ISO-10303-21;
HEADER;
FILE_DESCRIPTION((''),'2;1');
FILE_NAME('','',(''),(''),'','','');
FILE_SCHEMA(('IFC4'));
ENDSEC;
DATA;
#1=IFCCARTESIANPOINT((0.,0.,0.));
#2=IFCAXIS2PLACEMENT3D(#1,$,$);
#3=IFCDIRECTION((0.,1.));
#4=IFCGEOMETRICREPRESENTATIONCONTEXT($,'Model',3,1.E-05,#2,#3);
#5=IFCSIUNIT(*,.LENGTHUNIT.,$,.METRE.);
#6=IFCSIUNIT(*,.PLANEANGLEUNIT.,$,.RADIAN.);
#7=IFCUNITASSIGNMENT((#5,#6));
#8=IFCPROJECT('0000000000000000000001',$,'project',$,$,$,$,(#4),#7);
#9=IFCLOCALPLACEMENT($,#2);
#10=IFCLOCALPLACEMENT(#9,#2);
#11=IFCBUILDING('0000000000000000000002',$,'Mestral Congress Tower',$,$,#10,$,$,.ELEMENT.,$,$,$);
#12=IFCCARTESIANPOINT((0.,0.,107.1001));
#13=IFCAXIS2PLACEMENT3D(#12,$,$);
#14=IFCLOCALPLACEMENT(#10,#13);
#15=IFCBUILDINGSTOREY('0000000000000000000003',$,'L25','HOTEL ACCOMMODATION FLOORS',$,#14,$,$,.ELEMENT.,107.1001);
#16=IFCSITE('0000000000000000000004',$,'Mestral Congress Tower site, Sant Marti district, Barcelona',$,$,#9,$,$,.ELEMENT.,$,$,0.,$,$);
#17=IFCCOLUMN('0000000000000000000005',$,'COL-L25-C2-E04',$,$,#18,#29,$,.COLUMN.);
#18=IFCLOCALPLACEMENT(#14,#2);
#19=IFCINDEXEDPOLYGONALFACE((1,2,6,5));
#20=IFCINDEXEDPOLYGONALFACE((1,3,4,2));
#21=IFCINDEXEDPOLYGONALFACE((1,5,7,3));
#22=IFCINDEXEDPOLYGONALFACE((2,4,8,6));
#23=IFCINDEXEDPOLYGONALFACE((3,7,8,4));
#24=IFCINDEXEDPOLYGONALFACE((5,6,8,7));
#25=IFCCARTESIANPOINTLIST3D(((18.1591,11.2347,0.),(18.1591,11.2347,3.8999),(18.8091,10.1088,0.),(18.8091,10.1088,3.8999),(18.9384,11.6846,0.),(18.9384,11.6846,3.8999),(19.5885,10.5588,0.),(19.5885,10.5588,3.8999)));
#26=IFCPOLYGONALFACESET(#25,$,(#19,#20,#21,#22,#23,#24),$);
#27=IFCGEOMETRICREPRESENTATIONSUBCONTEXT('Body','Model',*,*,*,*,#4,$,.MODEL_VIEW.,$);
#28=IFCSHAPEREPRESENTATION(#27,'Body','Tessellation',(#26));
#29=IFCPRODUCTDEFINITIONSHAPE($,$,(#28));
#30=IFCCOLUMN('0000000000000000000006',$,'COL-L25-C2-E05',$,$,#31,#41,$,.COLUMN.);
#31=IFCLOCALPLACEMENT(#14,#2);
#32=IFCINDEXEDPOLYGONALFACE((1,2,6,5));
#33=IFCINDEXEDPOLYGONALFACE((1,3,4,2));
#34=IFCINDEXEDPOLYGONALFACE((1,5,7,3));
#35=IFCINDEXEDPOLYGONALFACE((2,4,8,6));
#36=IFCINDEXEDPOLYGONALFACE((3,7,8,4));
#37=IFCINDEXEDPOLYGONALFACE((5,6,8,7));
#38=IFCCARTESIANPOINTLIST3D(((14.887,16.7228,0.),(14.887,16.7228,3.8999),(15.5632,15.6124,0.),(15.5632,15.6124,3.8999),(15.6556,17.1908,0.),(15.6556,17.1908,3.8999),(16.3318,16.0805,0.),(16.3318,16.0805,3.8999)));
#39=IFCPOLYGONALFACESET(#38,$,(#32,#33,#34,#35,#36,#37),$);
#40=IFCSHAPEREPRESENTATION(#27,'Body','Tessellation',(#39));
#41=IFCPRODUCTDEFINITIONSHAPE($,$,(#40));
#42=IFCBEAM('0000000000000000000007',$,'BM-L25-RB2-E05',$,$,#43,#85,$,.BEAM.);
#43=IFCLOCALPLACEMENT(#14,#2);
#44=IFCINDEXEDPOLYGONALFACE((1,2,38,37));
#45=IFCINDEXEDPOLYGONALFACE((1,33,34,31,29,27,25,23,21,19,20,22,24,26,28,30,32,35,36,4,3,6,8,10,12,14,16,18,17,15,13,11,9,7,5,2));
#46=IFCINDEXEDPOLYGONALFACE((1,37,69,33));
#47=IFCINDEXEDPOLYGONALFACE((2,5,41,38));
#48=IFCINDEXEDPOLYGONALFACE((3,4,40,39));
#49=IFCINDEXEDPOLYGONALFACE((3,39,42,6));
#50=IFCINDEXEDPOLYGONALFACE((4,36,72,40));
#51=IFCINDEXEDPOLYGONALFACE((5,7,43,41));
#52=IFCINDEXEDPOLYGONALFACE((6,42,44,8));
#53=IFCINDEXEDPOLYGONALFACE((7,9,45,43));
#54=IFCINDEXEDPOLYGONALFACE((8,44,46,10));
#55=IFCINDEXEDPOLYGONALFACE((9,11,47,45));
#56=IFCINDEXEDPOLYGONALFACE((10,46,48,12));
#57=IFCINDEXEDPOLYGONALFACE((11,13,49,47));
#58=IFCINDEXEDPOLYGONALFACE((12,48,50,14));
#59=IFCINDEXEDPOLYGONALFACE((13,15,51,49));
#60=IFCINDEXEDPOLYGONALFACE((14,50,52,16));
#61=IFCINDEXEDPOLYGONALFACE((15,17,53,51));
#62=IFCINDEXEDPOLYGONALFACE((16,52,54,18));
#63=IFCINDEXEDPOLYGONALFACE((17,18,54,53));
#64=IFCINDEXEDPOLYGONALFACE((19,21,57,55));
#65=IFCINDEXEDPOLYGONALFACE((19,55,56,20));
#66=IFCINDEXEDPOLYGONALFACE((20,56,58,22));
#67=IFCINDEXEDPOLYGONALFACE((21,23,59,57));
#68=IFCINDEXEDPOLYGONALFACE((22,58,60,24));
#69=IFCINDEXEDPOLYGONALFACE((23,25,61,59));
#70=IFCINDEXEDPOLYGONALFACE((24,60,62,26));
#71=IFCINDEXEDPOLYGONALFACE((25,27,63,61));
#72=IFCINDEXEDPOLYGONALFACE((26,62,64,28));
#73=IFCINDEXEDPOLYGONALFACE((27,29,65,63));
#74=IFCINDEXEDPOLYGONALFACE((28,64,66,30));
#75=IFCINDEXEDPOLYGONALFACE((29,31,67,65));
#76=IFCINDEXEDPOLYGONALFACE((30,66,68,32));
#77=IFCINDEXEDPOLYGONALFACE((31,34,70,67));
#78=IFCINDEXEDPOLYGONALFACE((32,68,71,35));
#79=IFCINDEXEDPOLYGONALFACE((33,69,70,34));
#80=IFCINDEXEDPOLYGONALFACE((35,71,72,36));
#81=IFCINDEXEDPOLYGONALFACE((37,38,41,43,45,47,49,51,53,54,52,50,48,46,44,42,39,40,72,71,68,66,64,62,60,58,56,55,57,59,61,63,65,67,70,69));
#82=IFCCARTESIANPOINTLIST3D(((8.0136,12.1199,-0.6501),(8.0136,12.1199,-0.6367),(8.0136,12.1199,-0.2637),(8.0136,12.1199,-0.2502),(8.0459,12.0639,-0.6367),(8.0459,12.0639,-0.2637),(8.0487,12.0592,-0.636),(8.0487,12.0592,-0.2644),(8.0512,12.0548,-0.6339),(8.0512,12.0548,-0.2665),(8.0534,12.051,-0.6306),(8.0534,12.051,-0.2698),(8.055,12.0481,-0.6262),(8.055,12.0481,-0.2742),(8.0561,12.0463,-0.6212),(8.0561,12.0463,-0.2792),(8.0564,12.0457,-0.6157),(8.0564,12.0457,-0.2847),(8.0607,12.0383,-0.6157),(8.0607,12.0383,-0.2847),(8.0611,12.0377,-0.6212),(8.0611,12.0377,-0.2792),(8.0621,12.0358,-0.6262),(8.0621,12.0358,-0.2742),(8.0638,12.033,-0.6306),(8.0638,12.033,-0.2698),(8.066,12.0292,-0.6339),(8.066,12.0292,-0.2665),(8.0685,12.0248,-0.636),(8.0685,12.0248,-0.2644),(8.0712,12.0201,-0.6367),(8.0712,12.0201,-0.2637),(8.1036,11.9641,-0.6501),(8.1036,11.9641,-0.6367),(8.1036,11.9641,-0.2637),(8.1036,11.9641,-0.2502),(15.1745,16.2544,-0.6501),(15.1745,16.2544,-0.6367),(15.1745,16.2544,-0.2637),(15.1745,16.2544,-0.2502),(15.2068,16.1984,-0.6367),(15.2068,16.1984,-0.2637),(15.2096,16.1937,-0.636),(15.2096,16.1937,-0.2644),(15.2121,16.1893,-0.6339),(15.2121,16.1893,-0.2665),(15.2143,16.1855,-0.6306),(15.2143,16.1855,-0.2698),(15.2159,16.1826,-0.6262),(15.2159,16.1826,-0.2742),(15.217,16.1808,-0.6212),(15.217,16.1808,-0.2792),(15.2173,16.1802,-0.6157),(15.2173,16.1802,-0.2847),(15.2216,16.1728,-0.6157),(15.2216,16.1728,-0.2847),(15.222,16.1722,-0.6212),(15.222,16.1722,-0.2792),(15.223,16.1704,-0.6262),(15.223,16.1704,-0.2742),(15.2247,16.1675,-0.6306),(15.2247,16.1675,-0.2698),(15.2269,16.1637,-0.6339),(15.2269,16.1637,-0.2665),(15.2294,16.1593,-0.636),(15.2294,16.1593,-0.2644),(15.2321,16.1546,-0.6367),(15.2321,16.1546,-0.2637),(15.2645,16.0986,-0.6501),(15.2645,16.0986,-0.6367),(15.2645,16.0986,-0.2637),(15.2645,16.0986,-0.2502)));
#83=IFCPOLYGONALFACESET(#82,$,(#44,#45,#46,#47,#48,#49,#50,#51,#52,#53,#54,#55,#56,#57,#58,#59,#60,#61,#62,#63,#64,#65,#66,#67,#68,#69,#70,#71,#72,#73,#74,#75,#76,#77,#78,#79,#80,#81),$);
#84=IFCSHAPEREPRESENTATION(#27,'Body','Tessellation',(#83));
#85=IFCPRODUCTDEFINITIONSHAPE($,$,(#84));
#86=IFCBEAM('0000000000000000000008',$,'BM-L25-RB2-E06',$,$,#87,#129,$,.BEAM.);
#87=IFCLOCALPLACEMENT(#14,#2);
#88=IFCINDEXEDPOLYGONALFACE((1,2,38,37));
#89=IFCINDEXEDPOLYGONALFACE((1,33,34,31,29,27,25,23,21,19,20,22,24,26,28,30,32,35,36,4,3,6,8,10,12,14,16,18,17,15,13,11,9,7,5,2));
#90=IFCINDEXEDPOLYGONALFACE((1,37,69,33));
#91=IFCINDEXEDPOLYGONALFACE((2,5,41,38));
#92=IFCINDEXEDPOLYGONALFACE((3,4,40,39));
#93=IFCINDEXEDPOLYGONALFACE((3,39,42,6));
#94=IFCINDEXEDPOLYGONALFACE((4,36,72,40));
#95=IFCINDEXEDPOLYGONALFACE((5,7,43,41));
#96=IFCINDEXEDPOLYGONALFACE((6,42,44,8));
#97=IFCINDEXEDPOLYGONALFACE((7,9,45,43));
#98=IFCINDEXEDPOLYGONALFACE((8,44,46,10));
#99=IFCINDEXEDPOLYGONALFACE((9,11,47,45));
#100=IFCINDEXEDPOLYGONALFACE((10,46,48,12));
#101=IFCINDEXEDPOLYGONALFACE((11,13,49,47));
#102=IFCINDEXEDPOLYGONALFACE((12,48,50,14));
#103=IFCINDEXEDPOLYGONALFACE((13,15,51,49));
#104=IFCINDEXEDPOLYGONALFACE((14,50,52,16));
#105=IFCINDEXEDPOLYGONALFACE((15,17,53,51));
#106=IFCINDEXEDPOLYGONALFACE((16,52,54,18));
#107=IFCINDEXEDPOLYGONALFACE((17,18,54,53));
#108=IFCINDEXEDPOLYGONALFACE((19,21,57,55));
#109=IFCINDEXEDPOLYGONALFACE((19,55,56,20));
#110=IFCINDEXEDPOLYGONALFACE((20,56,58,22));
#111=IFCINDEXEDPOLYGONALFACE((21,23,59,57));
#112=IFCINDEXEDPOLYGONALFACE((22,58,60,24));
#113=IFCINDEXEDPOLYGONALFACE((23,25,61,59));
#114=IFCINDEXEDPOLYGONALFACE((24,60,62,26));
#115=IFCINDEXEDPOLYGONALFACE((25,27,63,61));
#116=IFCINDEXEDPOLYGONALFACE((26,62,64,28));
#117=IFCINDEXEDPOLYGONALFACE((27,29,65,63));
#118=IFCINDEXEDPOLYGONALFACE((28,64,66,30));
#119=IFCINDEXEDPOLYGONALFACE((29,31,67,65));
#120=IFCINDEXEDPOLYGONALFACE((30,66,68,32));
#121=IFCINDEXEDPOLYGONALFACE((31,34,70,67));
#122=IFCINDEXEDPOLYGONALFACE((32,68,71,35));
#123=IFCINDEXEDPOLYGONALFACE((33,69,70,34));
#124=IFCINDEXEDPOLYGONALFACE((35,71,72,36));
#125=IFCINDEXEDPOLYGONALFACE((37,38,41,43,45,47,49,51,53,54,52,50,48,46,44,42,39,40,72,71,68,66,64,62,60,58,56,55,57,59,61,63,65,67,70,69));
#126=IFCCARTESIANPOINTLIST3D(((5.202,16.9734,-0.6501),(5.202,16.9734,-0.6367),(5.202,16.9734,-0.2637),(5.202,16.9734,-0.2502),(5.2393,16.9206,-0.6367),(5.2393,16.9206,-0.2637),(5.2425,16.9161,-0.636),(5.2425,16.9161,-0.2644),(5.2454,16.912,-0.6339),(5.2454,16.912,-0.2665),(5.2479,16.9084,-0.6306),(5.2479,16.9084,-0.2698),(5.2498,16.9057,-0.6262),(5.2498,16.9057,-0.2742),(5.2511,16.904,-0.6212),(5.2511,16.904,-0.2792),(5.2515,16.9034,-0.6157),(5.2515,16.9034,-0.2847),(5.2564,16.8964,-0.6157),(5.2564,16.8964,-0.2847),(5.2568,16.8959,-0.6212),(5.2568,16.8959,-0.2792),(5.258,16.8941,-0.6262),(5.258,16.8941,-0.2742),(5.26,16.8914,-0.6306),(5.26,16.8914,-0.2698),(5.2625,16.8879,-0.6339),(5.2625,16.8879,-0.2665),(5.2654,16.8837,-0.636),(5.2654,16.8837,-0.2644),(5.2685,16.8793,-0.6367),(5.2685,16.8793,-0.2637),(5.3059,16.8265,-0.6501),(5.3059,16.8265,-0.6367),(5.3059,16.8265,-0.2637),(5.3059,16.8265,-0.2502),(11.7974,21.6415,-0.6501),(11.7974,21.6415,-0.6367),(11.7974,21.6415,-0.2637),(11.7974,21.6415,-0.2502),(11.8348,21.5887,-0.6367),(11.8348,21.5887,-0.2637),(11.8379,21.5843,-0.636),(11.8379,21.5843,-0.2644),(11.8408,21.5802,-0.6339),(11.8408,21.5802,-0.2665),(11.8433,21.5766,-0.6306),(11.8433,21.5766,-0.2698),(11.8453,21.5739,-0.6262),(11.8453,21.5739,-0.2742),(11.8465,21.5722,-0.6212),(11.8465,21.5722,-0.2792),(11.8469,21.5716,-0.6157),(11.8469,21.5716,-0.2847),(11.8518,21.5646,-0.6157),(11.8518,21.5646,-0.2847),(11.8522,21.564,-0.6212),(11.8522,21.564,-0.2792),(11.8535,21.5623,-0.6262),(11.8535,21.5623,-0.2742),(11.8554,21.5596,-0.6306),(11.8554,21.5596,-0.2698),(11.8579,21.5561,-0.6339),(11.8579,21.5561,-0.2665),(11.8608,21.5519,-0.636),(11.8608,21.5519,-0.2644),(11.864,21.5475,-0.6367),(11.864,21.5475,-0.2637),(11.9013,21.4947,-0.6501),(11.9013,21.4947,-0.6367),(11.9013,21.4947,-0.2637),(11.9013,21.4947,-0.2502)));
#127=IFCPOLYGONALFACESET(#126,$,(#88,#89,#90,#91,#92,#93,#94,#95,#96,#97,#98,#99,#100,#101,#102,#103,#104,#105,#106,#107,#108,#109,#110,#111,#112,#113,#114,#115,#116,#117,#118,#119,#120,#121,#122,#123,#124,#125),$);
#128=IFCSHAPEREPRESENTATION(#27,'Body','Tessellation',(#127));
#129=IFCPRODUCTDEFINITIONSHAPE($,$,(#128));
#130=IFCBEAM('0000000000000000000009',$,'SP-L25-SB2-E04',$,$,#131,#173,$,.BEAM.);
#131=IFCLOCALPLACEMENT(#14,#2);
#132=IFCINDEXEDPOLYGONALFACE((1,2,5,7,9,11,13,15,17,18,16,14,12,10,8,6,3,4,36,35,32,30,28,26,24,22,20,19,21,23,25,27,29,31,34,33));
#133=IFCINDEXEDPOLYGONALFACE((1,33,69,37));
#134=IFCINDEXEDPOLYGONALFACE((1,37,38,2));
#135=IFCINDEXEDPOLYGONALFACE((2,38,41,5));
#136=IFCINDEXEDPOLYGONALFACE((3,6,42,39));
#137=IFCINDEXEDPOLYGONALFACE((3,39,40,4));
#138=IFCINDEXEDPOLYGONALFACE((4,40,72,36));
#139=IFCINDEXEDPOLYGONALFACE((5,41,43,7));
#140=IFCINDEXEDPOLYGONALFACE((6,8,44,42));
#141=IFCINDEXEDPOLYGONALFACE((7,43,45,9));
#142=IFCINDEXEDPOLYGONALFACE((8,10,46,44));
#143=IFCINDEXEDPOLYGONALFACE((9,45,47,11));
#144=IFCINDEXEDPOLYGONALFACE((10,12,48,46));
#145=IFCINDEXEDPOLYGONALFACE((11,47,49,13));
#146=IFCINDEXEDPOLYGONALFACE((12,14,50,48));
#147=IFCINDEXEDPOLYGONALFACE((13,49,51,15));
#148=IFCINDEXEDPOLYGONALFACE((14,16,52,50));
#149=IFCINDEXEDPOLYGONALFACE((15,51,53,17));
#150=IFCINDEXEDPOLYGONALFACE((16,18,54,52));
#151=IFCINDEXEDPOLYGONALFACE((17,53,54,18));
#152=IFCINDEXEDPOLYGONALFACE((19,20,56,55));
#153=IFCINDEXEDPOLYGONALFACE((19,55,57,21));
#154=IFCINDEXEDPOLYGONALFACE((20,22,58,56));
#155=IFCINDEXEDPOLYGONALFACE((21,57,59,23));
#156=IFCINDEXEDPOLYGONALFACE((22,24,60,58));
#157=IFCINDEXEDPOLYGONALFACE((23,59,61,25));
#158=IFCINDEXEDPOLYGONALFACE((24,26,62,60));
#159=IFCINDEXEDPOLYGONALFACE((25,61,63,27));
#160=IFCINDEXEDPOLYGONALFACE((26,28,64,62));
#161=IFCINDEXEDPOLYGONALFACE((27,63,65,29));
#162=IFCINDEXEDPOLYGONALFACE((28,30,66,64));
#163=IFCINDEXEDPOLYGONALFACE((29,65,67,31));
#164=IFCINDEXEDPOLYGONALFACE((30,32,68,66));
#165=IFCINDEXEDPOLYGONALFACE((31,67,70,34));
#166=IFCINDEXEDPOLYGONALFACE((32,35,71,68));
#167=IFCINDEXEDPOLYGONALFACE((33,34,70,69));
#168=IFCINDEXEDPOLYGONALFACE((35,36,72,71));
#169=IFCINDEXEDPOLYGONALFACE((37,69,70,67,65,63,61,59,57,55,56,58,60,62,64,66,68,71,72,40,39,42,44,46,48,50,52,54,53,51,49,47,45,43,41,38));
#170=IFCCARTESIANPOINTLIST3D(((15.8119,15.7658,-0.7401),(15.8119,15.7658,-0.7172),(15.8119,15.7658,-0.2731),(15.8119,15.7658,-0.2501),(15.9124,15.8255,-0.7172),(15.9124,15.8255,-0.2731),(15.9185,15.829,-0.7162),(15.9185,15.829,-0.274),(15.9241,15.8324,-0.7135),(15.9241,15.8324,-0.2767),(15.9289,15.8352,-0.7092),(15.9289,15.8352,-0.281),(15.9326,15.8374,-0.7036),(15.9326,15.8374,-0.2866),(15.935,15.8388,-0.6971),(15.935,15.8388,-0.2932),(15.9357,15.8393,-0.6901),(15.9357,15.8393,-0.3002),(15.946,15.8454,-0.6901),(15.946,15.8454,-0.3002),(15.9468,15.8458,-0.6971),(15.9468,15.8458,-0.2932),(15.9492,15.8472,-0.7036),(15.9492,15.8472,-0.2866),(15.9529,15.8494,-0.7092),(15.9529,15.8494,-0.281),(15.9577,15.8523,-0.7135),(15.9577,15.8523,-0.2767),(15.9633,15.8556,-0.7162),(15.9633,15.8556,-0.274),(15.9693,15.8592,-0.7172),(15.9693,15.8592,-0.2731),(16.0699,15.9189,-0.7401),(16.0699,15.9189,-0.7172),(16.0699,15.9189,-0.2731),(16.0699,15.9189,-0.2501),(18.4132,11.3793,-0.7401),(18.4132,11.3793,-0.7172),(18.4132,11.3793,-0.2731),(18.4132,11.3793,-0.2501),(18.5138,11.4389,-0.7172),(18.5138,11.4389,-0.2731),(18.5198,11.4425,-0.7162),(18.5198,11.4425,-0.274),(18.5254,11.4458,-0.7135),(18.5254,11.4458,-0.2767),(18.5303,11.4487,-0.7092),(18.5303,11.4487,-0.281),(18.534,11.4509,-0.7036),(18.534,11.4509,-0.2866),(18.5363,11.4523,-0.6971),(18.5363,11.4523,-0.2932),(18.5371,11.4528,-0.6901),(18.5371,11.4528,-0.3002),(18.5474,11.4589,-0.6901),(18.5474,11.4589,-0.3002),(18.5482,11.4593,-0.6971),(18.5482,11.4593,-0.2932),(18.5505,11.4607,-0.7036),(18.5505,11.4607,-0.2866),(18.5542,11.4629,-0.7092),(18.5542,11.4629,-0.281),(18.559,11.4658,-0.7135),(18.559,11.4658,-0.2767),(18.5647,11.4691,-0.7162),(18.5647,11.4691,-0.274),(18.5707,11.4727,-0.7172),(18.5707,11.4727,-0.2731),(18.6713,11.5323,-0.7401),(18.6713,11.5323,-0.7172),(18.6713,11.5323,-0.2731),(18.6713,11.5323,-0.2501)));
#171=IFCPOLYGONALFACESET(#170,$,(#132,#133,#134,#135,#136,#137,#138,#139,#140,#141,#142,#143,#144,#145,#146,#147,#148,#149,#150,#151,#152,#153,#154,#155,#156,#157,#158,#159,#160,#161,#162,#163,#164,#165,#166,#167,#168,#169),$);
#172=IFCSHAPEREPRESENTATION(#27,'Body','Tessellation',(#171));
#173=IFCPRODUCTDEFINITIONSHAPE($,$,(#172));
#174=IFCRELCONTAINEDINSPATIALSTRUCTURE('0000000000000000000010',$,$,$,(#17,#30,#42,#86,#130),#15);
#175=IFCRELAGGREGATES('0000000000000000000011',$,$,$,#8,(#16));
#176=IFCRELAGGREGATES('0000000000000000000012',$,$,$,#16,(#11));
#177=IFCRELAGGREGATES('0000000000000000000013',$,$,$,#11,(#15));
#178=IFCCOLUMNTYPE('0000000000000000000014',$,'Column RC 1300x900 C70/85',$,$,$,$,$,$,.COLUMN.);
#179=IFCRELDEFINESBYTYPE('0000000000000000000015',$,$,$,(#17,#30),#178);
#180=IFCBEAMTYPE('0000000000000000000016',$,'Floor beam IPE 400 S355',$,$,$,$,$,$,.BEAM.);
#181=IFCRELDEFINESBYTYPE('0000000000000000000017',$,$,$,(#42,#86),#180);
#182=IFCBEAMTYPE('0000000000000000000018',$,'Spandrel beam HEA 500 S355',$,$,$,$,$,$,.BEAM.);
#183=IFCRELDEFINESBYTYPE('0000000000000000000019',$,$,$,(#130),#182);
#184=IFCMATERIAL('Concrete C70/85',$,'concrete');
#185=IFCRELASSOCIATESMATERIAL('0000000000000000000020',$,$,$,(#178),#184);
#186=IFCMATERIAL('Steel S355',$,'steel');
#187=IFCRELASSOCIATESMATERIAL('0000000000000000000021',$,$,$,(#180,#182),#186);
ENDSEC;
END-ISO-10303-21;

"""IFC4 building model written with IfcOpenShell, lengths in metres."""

from ifc_helpers import new_model, si_unit, direction, frame, origin, origin_2d, place, context, subcontext, project, spatial, rectangle, i_section, extrude, material, material_profile, profile_set, type_object, element, save


model = new_model("IFC4")

# Units and contexts
model_context = context("Model", 3, precision=1e-05, world=origin(), true_north=direction((0.0, 1.0)))
body_context = subcontext(model_context, "Body", "Model", "MODEL_VIEW")
ifc_project = project(units=[si_unit("LENGTHUNIT", "METRE"), si_unit("PLANEANGLEUNIT", "RADIAN")], contexts=[model_context])

# Site, building, storey
site_placement = place(None, origin())
site = spatial("IfcSite", under=ifc_project, at=site_placement, Name="Mestral Congress Tower site, Sant Marti district, Barcelona", CompositionType="ELEMENT", RefElevation=0.0)
building_placement = place(site_placement, origin())
building = spatial("IfcBuilding", under=site, at=building_placement, Name="Mestral Congress Tower", CompositionType="ELEMENT")
storey_placement = place(building_placement, frame((0.0, 0.0, 107.1001)))
storey = spatial("IfcBuildingStorey", under=building, at=storey_placement, Name="L25", Description="HOTEL ACCOMMODATION FLOORS", CompositionType="ELEMENT", Elevation=107.1001)

# Columns
ifc_material_1 = material(Name="Concrete C70/85", Category="concrete")
ifc_material_profile_1 = material_profile(ifc_material_1, rectangle(XDim=1.3, YDim=0.8999, at=origin_2d()), Name="RC 1300x900")
ifc_profile_set_1 = profile_set([ifc_material_profile_1], Name="Concrete C70/85")
column_type = type_object("IfcColumnType", Name="Column RC 1300x900 C70/85", PredefinedType="COLUMN", material=ifc_profile_set_1)
for number, where, z_axis, x_axis, name in (
    (1, (18.8738, 10.8967, 0.0), (0.0, 0.0, 1.0), (-0.5, 0.866025, 0.0), "COL-L25-C2-E04"),
    (2, (15.6094, 16.4016, 0.0), (0.0, 0.0, 1.0), (-0.520114, 0.854097, 0.0), "COL-L25-C2-E05"),
):
    element("IfcColumn", number, at=place(storey_placement, frame(where, z_axis=z_axis, x_axis=x_axis)), inside=storey, type_object=column_type, Name=name, PredefinedType="COLUMN", context=body_context, shape_type="SweptSolid", body=[
        extrude(rectangle(XDim=1.3, YDim=0.8999, at=origin_2d()), origin(), (0.0, 0.0, 1.0), 3.8999),
    ])

# Beams
ifc_material_2 = material(Name="Steel S355", Category="steel")
ifc_material_profile_2 = material_profile(ifc_material_2, i_section(OverallWidth=0.1799, OverallDepth=0.3999, WebThickness=0.0085, FlangeThickness=0.0134, FilletRadius=0.021, at=origin_2d()), Name="IPE 400")
ifc_profile_set_2 = profile_set([ifc_material_profile_2], Name="Steel S355")
beam_type_1 = type_object("IfcBeamType", Name="Floor beam IPE 400 S355", PredefinedType="BEAM", material=ifc_profile_set_2)
beam_1_placement = place(storey_placement, frame((15.2195, 16.1765, -0.4502), z_axis=(-0.866016, -0.500016, 0.0), x_axis=(0.500016, -0.866016, 0.0)))
element("IfcBeam", 3, at=beam_1_placement, inside=storey, type_object=beam_type_1, Name="BM-L25-RB2-E05", PredefinedType="BEAM", context=body_context, shape_type="SweptSolid", body=[
    extrude(i_section(OverallWidth=0.1799, OverallDepth=0.3999, WebThickness=0.0085, FlangeThickness=0.0134, FilletRadius=0.021, at=origin_2d()), origin(), (0.0, 0.0, 1.0), 8.2688),
])
beam_2_placement = place(storey_placement, frame((11.8494, 21.5681, -0.4502), z_axis=(-0.816233, -0.577723, 0.0), x_axis=(0.577723, -0.816233, 0.0)))
element("IfcBeam", 4, at=beam_2_placement, inside=storey, type_object=beam_type_1, Name="BM-L25-RB2-E06", PredefinedType="BEAM", context=body_context, shape_type="SweptSolid", body=[
    extrude(i_section(OverallWidth=0.1799, OverallDepth=0.3999, WebThickness=0.0085, FlangeThickness=0.0134, FilletRadius=0.021, at=origin_2d()), origin(), (0.0, 0.0, 1.0), 8.0803),
])
ifc_material_profile_3 = material_profile(ifc_material_2, i_section(OverallWidth=0.3, OverallDepth=0.49, WebThickness=0.012, FlangeThickness=0.0229, FilletRadius=0.0271, at=origin_2d()), Name="HEA 500")
ifc_profile_set_3 = profile_set([ifc_material_profile_3], Name="Steel S355")
beam_type_2 = type_object("IfcBeamType", Name="Spandrel beam HEA 500 S355", PredefinedType="BEAM", material=ifc_profile_set_3)
for number, where, z_axis, x_axis, name in (
    (5, (18.5422, 11.4558, -0.4951), (-0.510082, 0.860126, 0.0), (-0.860126, -0.510082, 0.0), "SP-L25-SB2-E04"),
):
    element("IfcBeam", number, at=place(storey_placement, frame(where, z_axis=z_axis, x_axis=x_axis)), inside=storey, type_object=beam_type_2, Name=name, PredefinedType="BEAM", context=body_context, shape_type="SweptSolid", body=[
        extrude(i_section(OverallWidth=0.3, OverallDepth=0.49, WebThickness=0.012, FlangeThickness=0.0229, FilletRadius=0.0271, at=origin_2d()), origin(), (0.0, 0.0, 1.0), 5.0999),
    ])

save(model, "model.ifc")
